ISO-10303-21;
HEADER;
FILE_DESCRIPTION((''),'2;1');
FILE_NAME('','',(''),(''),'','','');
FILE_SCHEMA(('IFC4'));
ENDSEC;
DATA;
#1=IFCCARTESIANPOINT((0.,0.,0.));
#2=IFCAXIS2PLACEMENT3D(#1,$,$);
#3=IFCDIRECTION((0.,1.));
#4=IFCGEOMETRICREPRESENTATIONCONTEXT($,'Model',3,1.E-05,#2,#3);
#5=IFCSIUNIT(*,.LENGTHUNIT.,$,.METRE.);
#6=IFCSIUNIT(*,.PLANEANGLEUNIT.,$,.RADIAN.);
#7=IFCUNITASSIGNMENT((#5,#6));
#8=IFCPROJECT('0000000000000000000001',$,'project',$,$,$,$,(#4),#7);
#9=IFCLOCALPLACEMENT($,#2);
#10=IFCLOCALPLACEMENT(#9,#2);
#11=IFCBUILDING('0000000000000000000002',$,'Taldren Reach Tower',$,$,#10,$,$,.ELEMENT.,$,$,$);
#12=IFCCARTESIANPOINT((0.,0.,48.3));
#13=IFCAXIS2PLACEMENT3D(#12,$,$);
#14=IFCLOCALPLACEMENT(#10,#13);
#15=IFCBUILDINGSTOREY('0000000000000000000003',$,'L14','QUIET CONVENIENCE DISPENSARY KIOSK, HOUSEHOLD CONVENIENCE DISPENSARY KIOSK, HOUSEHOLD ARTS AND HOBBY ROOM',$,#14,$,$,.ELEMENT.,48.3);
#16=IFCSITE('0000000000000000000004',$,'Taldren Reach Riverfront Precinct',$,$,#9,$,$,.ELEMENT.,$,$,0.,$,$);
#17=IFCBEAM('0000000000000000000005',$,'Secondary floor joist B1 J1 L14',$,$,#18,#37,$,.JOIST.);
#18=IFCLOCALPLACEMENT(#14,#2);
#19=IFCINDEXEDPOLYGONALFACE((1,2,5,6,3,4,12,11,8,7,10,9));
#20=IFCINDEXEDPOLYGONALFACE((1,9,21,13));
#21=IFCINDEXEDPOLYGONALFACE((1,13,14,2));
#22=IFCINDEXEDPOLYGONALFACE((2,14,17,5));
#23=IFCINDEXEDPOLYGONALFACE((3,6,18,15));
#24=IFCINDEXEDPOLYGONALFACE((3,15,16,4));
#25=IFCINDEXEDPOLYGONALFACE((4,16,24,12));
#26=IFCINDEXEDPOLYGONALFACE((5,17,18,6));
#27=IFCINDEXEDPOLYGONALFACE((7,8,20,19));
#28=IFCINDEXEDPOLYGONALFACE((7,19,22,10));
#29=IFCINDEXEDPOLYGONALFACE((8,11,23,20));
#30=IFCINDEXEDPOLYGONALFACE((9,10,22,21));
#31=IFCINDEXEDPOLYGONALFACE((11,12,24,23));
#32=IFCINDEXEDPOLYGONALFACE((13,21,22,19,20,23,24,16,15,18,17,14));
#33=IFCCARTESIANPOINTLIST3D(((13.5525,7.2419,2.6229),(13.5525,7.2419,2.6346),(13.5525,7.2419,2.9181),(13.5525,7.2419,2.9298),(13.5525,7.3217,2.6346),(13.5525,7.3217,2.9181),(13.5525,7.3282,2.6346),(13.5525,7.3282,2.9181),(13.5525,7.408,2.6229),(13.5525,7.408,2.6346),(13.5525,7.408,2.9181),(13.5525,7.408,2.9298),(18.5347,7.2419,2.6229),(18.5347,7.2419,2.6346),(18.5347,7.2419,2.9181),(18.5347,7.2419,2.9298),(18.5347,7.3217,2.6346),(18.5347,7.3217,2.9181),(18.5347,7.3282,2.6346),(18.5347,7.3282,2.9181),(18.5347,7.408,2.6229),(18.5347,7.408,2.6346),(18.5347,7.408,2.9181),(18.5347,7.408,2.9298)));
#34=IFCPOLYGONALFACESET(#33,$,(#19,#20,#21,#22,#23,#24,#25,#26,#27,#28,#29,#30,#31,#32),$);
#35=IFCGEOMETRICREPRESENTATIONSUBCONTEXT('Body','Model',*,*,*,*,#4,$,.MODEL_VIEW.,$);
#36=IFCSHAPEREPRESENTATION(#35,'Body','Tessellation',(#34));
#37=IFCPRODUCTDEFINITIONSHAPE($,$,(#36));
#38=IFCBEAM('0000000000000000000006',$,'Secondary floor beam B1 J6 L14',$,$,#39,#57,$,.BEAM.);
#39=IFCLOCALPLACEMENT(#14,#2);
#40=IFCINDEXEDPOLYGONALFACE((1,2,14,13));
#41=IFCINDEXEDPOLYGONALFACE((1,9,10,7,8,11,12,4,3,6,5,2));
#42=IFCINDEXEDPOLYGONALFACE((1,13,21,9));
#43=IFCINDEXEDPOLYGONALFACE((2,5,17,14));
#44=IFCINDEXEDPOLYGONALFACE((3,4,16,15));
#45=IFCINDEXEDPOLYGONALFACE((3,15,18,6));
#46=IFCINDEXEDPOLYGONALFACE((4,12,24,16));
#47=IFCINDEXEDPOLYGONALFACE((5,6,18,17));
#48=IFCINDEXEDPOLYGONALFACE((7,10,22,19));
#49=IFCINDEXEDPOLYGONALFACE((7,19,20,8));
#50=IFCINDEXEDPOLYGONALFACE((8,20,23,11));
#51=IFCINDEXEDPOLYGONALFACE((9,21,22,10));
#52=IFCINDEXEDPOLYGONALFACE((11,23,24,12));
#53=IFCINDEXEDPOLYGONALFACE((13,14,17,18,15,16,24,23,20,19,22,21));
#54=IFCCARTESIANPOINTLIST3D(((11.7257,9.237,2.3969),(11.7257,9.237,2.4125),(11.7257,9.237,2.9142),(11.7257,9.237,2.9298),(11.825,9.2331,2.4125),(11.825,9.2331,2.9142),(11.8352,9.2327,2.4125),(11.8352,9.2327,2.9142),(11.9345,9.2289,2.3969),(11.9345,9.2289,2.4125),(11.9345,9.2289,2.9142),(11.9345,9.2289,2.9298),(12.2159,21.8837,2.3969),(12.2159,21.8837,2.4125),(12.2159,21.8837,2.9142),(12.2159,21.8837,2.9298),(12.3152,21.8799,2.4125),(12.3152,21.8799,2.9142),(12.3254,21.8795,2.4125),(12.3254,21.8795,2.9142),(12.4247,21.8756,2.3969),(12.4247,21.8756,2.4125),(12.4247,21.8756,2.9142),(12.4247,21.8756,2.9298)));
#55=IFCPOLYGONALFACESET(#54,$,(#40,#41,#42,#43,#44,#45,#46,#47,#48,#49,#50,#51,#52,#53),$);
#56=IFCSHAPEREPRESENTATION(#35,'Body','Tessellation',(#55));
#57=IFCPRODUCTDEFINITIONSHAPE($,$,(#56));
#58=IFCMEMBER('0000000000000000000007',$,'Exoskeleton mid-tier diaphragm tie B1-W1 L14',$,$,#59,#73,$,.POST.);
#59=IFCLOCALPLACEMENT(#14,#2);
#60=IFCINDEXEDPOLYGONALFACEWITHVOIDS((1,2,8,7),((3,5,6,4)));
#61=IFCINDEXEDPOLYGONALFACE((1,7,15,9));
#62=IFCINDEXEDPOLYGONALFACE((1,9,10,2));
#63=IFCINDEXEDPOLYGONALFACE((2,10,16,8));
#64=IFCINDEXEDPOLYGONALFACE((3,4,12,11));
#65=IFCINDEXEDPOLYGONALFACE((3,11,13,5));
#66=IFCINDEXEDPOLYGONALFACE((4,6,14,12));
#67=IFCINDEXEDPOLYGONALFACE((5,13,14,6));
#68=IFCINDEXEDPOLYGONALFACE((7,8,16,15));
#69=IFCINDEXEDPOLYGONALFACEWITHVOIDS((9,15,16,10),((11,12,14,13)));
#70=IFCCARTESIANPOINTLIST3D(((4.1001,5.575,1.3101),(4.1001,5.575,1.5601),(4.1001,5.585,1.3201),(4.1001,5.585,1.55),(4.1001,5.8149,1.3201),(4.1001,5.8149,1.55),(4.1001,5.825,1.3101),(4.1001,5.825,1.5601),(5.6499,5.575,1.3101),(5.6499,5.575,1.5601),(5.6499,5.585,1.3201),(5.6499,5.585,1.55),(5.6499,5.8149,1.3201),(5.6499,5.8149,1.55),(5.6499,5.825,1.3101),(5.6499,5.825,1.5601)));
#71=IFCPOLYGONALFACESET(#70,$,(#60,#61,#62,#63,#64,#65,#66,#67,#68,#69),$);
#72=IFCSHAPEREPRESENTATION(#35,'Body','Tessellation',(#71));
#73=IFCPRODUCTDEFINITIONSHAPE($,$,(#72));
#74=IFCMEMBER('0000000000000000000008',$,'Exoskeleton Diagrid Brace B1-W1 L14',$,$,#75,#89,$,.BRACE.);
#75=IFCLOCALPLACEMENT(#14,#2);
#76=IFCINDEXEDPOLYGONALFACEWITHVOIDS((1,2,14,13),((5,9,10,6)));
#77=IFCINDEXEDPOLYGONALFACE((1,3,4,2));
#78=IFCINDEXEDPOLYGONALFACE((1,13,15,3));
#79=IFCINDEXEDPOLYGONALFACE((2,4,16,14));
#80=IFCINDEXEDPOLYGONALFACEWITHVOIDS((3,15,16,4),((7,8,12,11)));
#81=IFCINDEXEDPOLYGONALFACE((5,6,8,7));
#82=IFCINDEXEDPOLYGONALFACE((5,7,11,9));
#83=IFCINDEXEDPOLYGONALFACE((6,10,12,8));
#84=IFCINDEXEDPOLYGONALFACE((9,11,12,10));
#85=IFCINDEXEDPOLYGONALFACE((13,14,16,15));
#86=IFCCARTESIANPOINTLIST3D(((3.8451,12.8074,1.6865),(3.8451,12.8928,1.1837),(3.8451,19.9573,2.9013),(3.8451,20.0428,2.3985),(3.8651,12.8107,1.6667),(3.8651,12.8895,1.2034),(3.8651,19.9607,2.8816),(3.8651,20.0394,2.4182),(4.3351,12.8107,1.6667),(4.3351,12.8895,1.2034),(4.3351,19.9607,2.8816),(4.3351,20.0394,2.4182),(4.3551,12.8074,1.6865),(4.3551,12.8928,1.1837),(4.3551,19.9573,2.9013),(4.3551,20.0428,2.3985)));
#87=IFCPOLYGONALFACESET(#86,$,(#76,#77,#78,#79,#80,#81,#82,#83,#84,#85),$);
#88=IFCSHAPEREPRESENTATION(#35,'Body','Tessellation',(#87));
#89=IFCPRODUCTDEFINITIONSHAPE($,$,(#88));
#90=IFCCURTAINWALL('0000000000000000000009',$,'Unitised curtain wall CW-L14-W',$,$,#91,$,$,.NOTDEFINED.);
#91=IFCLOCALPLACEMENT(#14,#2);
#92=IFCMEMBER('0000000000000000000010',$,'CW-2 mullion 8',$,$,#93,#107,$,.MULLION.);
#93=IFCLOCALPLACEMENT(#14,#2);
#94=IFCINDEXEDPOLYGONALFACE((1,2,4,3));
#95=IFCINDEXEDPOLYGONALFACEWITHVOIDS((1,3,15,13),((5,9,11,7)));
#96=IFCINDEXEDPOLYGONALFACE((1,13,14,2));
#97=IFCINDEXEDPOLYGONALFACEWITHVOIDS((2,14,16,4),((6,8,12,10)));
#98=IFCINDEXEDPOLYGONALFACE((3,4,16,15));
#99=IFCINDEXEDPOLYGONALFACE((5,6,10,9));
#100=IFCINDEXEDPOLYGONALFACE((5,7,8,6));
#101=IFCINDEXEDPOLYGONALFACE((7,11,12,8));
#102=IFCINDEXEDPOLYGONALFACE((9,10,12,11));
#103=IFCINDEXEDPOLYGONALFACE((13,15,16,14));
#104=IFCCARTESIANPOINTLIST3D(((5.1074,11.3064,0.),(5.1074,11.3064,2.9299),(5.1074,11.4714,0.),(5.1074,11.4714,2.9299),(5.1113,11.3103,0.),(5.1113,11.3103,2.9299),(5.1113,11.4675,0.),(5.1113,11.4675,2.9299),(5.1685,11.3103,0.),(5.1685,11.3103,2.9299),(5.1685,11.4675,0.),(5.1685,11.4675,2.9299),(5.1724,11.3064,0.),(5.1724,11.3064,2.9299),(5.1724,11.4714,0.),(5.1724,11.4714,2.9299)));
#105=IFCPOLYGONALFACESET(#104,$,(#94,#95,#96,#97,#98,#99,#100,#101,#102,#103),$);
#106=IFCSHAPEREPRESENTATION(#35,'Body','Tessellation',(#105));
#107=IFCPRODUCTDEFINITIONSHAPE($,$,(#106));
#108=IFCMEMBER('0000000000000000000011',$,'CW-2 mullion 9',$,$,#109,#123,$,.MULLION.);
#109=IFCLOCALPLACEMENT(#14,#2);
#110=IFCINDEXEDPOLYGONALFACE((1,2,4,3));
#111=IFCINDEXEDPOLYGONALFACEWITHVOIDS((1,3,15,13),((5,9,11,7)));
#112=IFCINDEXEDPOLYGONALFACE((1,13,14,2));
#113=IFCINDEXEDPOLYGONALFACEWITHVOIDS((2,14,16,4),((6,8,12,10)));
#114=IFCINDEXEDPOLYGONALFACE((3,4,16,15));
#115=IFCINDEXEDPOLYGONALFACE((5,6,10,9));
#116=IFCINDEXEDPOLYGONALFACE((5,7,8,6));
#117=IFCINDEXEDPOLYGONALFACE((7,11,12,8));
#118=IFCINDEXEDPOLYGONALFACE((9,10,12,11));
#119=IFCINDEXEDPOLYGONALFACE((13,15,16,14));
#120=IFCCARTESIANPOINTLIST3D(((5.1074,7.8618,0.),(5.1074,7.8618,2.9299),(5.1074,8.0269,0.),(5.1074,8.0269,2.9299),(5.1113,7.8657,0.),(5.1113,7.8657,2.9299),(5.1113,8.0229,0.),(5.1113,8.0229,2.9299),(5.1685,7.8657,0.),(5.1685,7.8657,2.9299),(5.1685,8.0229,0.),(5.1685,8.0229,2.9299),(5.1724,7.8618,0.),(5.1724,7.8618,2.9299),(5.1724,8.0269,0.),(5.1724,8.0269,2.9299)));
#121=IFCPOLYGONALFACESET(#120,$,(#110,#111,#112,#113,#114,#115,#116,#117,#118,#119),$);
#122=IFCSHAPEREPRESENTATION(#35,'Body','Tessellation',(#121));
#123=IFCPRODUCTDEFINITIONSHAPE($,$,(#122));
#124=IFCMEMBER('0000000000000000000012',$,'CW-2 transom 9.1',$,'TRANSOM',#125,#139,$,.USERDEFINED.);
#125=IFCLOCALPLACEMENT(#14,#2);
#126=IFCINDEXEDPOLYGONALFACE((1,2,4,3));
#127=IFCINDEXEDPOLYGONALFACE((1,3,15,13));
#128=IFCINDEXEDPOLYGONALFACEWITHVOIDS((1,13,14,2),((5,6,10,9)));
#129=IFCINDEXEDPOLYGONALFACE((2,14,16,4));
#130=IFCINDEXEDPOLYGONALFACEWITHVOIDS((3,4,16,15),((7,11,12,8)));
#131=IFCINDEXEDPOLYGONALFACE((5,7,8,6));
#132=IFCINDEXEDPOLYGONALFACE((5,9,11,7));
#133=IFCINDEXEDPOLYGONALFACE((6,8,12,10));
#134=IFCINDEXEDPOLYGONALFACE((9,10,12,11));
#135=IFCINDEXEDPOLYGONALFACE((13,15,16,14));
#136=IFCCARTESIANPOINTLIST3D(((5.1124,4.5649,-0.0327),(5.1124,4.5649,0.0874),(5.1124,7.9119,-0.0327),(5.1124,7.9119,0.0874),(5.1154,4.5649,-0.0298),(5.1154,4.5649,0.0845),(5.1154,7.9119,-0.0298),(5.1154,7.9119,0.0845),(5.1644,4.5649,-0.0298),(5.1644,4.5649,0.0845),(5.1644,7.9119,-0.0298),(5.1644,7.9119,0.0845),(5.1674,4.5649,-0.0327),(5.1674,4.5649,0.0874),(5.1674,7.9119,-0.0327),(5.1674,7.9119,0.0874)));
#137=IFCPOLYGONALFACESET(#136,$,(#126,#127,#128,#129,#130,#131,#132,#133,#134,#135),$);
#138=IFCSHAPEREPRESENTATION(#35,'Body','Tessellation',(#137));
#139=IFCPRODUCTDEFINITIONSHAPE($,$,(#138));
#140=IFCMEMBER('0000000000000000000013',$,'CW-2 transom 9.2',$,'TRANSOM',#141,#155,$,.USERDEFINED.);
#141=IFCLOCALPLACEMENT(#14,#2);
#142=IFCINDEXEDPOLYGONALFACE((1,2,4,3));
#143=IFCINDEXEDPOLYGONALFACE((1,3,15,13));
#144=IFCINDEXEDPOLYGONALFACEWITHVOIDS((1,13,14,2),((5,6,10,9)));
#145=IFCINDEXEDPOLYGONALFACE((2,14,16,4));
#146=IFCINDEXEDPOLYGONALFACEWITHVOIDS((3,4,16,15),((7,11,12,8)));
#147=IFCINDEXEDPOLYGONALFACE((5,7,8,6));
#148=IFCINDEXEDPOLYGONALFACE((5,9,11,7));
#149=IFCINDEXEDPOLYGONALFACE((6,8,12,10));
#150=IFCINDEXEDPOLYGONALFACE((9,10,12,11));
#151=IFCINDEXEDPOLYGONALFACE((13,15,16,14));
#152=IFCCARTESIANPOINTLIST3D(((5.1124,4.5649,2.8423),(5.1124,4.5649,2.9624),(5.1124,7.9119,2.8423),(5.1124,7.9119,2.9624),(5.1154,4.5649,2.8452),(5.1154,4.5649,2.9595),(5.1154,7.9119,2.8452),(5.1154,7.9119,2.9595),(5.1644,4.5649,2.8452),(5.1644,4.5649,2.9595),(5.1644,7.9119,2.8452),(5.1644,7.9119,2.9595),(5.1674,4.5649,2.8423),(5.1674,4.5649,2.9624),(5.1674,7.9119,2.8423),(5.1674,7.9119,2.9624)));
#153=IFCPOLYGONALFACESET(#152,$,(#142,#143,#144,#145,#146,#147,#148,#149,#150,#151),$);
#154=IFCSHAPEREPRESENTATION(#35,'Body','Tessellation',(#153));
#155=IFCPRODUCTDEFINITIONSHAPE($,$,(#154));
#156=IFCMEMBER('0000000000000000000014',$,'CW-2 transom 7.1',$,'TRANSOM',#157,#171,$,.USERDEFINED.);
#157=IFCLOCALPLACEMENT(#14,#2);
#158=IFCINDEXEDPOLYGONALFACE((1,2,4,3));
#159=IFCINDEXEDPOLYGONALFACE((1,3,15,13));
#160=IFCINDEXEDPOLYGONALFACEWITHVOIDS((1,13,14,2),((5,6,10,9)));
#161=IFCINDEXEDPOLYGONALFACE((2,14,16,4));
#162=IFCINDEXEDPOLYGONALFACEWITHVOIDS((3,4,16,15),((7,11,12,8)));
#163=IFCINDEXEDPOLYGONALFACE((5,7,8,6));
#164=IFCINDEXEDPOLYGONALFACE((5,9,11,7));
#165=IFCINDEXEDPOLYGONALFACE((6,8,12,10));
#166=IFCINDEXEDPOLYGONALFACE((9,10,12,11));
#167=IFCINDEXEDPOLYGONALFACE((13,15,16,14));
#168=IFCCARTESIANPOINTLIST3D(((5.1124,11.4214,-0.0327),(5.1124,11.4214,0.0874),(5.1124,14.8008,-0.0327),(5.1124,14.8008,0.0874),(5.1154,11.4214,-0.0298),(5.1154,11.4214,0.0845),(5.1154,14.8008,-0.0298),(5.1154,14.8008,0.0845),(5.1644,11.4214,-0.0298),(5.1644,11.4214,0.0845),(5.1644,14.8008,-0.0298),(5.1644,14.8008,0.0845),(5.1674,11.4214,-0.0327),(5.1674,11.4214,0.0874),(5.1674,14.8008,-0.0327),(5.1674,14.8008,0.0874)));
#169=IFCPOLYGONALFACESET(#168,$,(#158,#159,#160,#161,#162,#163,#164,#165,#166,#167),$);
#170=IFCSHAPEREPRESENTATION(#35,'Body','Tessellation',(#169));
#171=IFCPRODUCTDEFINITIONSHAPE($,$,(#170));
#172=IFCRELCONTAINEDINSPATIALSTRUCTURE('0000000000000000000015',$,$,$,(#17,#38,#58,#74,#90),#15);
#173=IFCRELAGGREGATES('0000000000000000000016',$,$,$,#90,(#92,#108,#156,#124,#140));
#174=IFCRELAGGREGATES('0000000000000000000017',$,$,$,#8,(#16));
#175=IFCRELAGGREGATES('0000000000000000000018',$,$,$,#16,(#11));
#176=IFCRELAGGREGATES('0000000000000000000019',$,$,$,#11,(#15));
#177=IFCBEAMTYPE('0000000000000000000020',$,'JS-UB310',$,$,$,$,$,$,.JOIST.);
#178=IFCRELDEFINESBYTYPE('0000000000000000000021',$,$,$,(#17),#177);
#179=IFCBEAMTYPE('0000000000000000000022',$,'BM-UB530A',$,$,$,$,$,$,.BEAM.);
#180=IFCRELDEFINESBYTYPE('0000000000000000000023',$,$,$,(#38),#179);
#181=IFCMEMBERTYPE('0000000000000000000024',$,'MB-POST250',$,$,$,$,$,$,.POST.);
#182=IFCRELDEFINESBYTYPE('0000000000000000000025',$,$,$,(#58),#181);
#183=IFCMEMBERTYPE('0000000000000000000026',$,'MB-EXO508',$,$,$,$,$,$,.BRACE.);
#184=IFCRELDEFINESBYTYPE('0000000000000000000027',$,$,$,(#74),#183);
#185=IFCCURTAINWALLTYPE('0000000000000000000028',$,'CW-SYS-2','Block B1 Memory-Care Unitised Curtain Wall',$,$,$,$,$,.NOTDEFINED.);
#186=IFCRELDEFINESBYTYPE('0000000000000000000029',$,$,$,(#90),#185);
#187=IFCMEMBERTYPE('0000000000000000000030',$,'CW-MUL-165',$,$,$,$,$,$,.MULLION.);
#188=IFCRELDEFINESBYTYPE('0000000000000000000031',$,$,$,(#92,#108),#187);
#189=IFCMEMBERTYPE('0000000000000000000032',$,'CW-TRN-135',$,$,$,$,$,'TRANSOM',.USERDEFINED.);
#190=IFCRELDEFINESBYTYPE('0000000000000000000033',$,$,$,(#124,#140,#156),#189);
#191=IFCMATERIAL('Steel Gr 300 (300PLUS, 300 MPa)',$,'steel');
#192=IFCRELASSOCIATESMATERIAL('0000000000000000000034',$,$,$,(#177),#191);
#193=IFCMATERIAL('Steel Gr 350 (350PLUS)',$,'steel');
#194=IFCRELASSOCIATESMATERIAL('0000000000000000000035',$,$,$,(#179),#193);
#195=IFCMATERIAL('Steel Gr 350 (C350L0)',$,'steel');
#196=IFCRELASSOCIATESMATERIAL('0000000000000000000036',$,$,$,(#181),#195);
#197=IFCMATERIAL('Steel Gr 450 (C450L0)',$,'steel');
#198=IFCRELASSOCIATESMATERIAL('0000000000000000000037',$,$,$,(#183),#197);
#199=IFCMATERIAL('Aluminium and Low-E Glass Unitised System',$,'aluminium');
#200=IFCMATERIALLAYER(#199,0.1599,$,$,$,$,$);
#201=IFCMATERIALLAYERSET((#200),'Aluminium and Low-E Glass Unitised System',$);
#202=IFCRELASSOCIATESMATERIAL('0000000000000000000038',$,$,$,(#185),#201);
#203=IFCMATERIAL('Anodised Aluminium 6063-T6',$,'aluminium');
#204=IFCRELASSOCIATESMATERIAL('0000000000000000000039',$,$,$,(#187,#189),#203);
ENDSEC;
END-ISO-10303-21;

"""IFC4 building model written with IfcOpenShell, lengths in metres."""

from ifc_helpers import new_model, si_unit, direction, frame, origin, origin_2d, place, context, subcontext, project, spatial, hollow_rectangle, i_section, extrude, source, transform, mapped, material, layer, layer_set, material_profile, profile_set, type_object, element, aggregate, save


model = new_model("IFC4")

# Units and contexts
model_context = context("Model", 3, precision=1e-05, world=origin(), true_north=direction((0.0, 1.0)))
body_context = subcontext(model_context, "Body", "Model", "MODEL_VIEW")
ifc_project = project(units=[si_unit("LENGTHUNIT", "METRE"), si_unit("PLANEANGLEUNIT", "RADIAN")], contexts=[model_context])

# Site, building, storey
site_placement = place(None, origin())
site = spatial("IfcSite", under=ifc_project, at=site_placement, Name="Taldren Reach Riverfront Precinct", CompositionType="ELEMENT", RefElevation=0.0)
building_placement = place(site_placement, origin())
building = spatial("IfcBuilding", under=site, at=building_placement, Name="Taldren Reach Tower", CompositionType="ELEMENT")
storey_placement = place(building_placement, frame((0.0, 0.0, 48.3)))
storey = spatial("IfcBuildingStorey", under=building, at=storey_placement, Name="L14", Description="QUIET CONVENIENCE DISPENSARY KIOSK, HOUSEHOLD CONVENIENCE DISPENSARY KIOSK, HOUSEHOLD ARTS AND HOBBY ROOM", CompositionType="ELEMENT", Elevation=48.3)

# Beams
ifc_material_1 = material(Name="Steel Gr 300 (300PLUS, 300 MPa)", Category="steel")
ifc_material_profile_1 = material_profile(ifc_material_1, i_section(OverallWidth=0.166, OverallDepth=0.3069, WebThickness=0.0066, FlangeThickness=0.0117, at=origin_2d()), Name="310UB46.2")
ifc_profile_set_1 = profile_set([ifc_material_profile_1], Name="Steel Gr 300 (300PLUS, 300 MPa)")
beam_type_1 = type_object("IfcBeamType", Name="JS-UB310", PredefinedType="JOIST", material=ifc_profile_set_1)
shared_shape_1 = source(origin(), body_context, "Body", "SweptSolid", [
    extrude(i_section(OverallWidth=0.166, OverallDepth=0.3069, WebThickness=0.0066, FlangeThickness=0.0117, at=origin_2d()), origin(), (0.0, 0.0, 1.0), 4.9822),
])
beam_1_placement = place(storey_placement, frame((13.5525, 7.325, 2.7764), z_axis=(1.0, 0.0, 0.0), x_axis=(0.0, 1.0, 0.0)))
element("IfcBeam", 1, at=beam_1_placement, inside=storey, type_object=beam_type_1, Name="Secondary floor joist B1 J1 L14", PredefinedType="JOIST", context=body_context, shape_type="MappedRepresentation", body=[
    mapped(shared_shape_1, transform((0.0, 0.0, 0.0), scale=1.0)),
])
ifc_material_2 = material(Name="Steel Gr 350 (350PLUS)", Category="steel")
ifc_material_profile_2 = material_profile(ifc_material_2, i_section(OverallWidth=0.209, OverallDepth=0.533, WebThickness=0.0103, FlangeThickness=0.0156, at=origin_2d()), Name="530UB92.4")
ifc_profile_set_2 = profile_set([ifc_material_profile_2], Name="Steel Gr 350 (350PLUS)")
beam_type_2 = type_object("IfcBeamType", Name="BM-UB530A", PredefinedType="BEAM", material=ifc_profile_set_2)
shared_shape_2 = source(origin(), body_context, "Body", "SweptSolid", [
    extrude(i_section(OverallWidth=0.209, OverallDepth=0.533, WebThickness=0.0103, FlangeThickness=0.0156, at=origin_2d()), origin(), (0.0, 0.0, 1.0), 12.6562),
])
beam_2_placement = place(storey_placement, frame((11.8301, 9.2329, 2.6633), z_axis=(0.038735, 0.99925, 0.0), x_axis=(-0.99925, 0.038735, 0.0)))
element("IfcBeam", 2, at=beam_2_placement, inside=storey, type_object=beam_type_2, Name="Secondary floor beam B1 J6 L14", PredefinedType="BEAM", context=body_context, shape_type="MappedRepresentation", body=[
    mapped(shared_shape_2, transform((0.0, 0.0, 0.0), scale=1.0)),
])

# Members
ifc_material_3 = material(Name="Steel Gr 350 (C350L0)", Category="steel")
ifc_material_profile_3 = material_profile(ifc_material_3, hollow_rectangle(XDim=0.25, YDim=0.25, WallThickness=0.01, at=origin_2d()), Name="250x250x10.0SHS")
ifc_profile_set_3 = profile_set([ifc_material_profile_3], Name="Steel Gr 350 (C350L0)")
member_type_1 = type_object("IfcMemberType", Name="MB-POST250", PredefinedType="POST", material=ifc_profile_set_3)
shared_shape_3 = source(origin(), body_context, "Body", "SweptSolid", [
    extrude(hollow_rectangle(XDim=0.25, YDim=0.25, WallThickness=0.01, at=origin_2d()), origin(), (0.0, 0.0, 1.0), 1.5498),
])
member_1_placement = place(storey_placement, frame((5.6499, 5.7, 1.4351), z_axis=(-1.0, 0.0, 0.0), x_axis=(0.0, -1.0, 0.0)))
element("IfcMember", 3, at=member_1_placement, inside=storey, type_object=member_type_1, Name="Exoskeleton mid-tier diaphragm tie B1-W1 L14", PredefinedType="POST", context=body_context, shape_type="MappedRepresentation", body=[
    mapped(shared_shape_3, transform((0.0, 0.0, 0.0), scale=1.0)),
])
ifc_material_4 = material(Name="Steel Gr 450 (C450L0)", Category="steel")
ifc_material_profile_4 = material_profile(ifc_material_4, hollow_rectangle(XDim=0.51, YDim=0.51, WallThickness=0.02, at=origin_2d()), Name="510x510x20.0SHS")
ifc_profile_set_4 = profile_set([ifc_material_profile_4], Name="Steel Gr 450 (C450L0)")
member_type_2 = type_object("IfcMemberType", Name="MB-EXO508", PredefinedType="BRACE", material=ifc_profile_set_4)
shared_shape_4 = source(origin(), body_context, "Body", "SweptSolid", [
    extrude(hollow_rectangle(XDim=0.51, YDim=0.51, WallThickness=0.02, at=origin_2d()), origin(), (0.0, 0.0, 1.0), 7.2524),
])
member_2_placement = place(storey_placement, frame((4.1001, 12.8501, 1.4351), z_axis=(0.0, 0.98587, 0.16751), x_axis=(-1.0, 0.0, 0.0)))
element("IfcMember", 4, at=member_2_placement, inside=storey, type_object=member_type_2, Name="Exoskeleton Diagrid Brace B1-W1 L14", PredefinedType="BRACE", context=body_context, shape_type="MappedRepresentation", body=[
    mapped(shared_shape_4, transform((0.0, 0.0, 0.0), scale=1.0)),
])

# Curtain wall, members
ifc_material_5 = material(Name="Aluminium and Low-E Glass Unitised System", Category="aluminium")
ifc_layer_1 = layer(ifc_material_5, 0.1599)
ifc_layer_set_1 = layer_set([ifc_layer_1], Name="Aluminium and Low-E Glass Unitised System")
curtain_wall_type = type_object("IfcCurtainWallType", Name="CW-SYS-2", Description="Block B1 Memory-Care Unitised Curtain Wall", PredefinedType="NOTDEFINED", material=ifc_layer_set_1)
curtain_wall_placement = place(storey_placement, origin())
curtain_wall = element("IfcCurtainWall", 5, at=curtain_wall_placement, inside=storey, type_object=curtain_wall_type, Name="Unitised curtain wall CW-L14-W", PredefinedType="NOTDEFINED")
ifc_material_6 = material(Name="Anodised Aluminium 6063-T6", Category="aluminium")
ifc_material_profile_5 = material_profile(ifc_material_6, hollow_rectangle(XDim=0.0649, YDim=0.165, WallThickness=0.0039, at=origin_2d()), Name="ALU-165x65x4RHS")
ifc_profile_set_5 = profile_set([ifc_material_profile_5], Name="Anodised Aluminium 6063-T6")
member_type_3 = type_object("IfcMemberType", Name="CW-MUL-165", PredefinedType="MULLION", material=ifc_profile_set_5)
shared_shape_5 = source(origin(), body_context, "Body", "SweptSolid", [
    extrude(hollow_rectangle(XDim=0.0649, YDim=0.165, WallThickness=0.0039, at=origin_2d()), origin(), (0.0, 0.0, 1.0), 2.9299),
])
member_3_placement = place(storey_placement, frame((5.1399, 11.3889, 0.0), z_axis=(0.0, 0.0, 1.0), x_axis=(1.0, 0.0, 0.0)))
member_3 = element("IfcMember", 6, at=member_3_placement, type_object=member_type_3, Name="CW-2 mullion 8", PredefinedType="MULLION", context=body_context, shape_type="MappedRepresentation", body=[
    mapped(shared_shape_5, transform((0.0, 0.0, 0.0), scale=1.0)),
])
member_4_placement = place(storey_placement, frame((5.1399, 7.9443, 0.0), z_axis=(0.0, 0.0, 1.0), x_axis=(1.0, 0.0, 0.0)))
member_4 = element("IfcMember", 7, at=member_4_placement, type_object=member_type_3, Name="CW-2 mullion 9", PredefinedType="MULLION", context=body_context, shape_type="MappedRepresentation", body=[
    mapped(shared_shape_5, transform((0.0, 0.0, 0.0), scale=1.0)),
])
ifc_material_profile_6 = material_profile(ifc_material_6, hollow_rectangle(XDim=0.0549, YDim=0.1201, WallThickness=0.0029, at=origin_2d()), Name="ALU-120x55x3RHS")
ifc_profile_set_6 = profile_set([ifc_material_profile_6], Name="Anodised Aluminium 6063-T6")
member_type_4 = type_object("IfcMemberType", Name="CW-TRN-135", ElementType="TRANSOM", PredefinedType="USERDEFINED", material=ifc_profile_set_6)
shared_shape_6 = source(origin(), body_context, "Body", "SweptSolid", [
    extrude(hollow_rectangle(XDim=0.0549, YDim=0.1201, WallThickness=0.0029, at=origin_2d()), origin(), (0.0, 0.0, 1.0), 3.3469),
])
member_5_placement = place(storey_placement, frame((5.1399, 7.9119, 0.0273), z_axis=(0.0, -1.0, 0.0), x_axis=(1.0, 0.0, 0.0)))
member_5 = element("IfcMember", 8, at=member_5_placement, type_object=member_type_4, Name="CW-2 transom 9.1", ObjectType="TRANSOM", PredefinedType="USERDEFINED", context=body_context, shape_type="MappedRepresentation", body=[
    mapped(shared_shape_6, transform((0.0, 0.0, 0.0), scale=1.0)),
])
member_6_placement = place(storey_placement, frame((5.1399, 7.9119, 2.9023), z_axis=(0.0, -1.0, 0.0), x_axis=(1.0, 0.0, 0.0)))
member_6 = element("IfcMember", 9, at=member_6_placement, type_object=member_type_4, Name="CW-2 transom 9.2", ObjectType="TRANSOM", PredefinedType="USERDEFINED", context=body_context, shape_type="MappedRepresentation", body=[
    mapped(shared_shape_6, transform((0.0, 0.0, 0.0), scale=1.0)),
])
shared_shape_7 = source(origin(), body_context, "Body", "SweptSolid", [
    extrude(hollow_rectangle(XDim=0.0549, YDim=0.1201, WallThickness=0.0029, at=origin_2d()), origin(), (0.0, 0.0, 1.0), 3.3794),
])
member_7_placement = place(storey_placement, frame((5.1399, 14.8008, 0.0273), z_axis=(0.0, -1.0, 0.0), x_axis=(1.0, 0.0, 0.0)))
member_7 = element("IfcMember", 10, at=member_7_placement, type_object=member_type_4, Name="CW-2 transom 7.1", ObjectType="TRANSOM", PredefinedType="USERDEFINED", context=body_context, shape_type="MappedRepresentation", body=[
    mapped(shared_shape_7, transform((0.0, 0.0, 0.0), scale=1.0)),
])
aggregate(curtain_wall, [member_3, member_4, member_7, member_5, member_6])

save(model, "model.ifc")
